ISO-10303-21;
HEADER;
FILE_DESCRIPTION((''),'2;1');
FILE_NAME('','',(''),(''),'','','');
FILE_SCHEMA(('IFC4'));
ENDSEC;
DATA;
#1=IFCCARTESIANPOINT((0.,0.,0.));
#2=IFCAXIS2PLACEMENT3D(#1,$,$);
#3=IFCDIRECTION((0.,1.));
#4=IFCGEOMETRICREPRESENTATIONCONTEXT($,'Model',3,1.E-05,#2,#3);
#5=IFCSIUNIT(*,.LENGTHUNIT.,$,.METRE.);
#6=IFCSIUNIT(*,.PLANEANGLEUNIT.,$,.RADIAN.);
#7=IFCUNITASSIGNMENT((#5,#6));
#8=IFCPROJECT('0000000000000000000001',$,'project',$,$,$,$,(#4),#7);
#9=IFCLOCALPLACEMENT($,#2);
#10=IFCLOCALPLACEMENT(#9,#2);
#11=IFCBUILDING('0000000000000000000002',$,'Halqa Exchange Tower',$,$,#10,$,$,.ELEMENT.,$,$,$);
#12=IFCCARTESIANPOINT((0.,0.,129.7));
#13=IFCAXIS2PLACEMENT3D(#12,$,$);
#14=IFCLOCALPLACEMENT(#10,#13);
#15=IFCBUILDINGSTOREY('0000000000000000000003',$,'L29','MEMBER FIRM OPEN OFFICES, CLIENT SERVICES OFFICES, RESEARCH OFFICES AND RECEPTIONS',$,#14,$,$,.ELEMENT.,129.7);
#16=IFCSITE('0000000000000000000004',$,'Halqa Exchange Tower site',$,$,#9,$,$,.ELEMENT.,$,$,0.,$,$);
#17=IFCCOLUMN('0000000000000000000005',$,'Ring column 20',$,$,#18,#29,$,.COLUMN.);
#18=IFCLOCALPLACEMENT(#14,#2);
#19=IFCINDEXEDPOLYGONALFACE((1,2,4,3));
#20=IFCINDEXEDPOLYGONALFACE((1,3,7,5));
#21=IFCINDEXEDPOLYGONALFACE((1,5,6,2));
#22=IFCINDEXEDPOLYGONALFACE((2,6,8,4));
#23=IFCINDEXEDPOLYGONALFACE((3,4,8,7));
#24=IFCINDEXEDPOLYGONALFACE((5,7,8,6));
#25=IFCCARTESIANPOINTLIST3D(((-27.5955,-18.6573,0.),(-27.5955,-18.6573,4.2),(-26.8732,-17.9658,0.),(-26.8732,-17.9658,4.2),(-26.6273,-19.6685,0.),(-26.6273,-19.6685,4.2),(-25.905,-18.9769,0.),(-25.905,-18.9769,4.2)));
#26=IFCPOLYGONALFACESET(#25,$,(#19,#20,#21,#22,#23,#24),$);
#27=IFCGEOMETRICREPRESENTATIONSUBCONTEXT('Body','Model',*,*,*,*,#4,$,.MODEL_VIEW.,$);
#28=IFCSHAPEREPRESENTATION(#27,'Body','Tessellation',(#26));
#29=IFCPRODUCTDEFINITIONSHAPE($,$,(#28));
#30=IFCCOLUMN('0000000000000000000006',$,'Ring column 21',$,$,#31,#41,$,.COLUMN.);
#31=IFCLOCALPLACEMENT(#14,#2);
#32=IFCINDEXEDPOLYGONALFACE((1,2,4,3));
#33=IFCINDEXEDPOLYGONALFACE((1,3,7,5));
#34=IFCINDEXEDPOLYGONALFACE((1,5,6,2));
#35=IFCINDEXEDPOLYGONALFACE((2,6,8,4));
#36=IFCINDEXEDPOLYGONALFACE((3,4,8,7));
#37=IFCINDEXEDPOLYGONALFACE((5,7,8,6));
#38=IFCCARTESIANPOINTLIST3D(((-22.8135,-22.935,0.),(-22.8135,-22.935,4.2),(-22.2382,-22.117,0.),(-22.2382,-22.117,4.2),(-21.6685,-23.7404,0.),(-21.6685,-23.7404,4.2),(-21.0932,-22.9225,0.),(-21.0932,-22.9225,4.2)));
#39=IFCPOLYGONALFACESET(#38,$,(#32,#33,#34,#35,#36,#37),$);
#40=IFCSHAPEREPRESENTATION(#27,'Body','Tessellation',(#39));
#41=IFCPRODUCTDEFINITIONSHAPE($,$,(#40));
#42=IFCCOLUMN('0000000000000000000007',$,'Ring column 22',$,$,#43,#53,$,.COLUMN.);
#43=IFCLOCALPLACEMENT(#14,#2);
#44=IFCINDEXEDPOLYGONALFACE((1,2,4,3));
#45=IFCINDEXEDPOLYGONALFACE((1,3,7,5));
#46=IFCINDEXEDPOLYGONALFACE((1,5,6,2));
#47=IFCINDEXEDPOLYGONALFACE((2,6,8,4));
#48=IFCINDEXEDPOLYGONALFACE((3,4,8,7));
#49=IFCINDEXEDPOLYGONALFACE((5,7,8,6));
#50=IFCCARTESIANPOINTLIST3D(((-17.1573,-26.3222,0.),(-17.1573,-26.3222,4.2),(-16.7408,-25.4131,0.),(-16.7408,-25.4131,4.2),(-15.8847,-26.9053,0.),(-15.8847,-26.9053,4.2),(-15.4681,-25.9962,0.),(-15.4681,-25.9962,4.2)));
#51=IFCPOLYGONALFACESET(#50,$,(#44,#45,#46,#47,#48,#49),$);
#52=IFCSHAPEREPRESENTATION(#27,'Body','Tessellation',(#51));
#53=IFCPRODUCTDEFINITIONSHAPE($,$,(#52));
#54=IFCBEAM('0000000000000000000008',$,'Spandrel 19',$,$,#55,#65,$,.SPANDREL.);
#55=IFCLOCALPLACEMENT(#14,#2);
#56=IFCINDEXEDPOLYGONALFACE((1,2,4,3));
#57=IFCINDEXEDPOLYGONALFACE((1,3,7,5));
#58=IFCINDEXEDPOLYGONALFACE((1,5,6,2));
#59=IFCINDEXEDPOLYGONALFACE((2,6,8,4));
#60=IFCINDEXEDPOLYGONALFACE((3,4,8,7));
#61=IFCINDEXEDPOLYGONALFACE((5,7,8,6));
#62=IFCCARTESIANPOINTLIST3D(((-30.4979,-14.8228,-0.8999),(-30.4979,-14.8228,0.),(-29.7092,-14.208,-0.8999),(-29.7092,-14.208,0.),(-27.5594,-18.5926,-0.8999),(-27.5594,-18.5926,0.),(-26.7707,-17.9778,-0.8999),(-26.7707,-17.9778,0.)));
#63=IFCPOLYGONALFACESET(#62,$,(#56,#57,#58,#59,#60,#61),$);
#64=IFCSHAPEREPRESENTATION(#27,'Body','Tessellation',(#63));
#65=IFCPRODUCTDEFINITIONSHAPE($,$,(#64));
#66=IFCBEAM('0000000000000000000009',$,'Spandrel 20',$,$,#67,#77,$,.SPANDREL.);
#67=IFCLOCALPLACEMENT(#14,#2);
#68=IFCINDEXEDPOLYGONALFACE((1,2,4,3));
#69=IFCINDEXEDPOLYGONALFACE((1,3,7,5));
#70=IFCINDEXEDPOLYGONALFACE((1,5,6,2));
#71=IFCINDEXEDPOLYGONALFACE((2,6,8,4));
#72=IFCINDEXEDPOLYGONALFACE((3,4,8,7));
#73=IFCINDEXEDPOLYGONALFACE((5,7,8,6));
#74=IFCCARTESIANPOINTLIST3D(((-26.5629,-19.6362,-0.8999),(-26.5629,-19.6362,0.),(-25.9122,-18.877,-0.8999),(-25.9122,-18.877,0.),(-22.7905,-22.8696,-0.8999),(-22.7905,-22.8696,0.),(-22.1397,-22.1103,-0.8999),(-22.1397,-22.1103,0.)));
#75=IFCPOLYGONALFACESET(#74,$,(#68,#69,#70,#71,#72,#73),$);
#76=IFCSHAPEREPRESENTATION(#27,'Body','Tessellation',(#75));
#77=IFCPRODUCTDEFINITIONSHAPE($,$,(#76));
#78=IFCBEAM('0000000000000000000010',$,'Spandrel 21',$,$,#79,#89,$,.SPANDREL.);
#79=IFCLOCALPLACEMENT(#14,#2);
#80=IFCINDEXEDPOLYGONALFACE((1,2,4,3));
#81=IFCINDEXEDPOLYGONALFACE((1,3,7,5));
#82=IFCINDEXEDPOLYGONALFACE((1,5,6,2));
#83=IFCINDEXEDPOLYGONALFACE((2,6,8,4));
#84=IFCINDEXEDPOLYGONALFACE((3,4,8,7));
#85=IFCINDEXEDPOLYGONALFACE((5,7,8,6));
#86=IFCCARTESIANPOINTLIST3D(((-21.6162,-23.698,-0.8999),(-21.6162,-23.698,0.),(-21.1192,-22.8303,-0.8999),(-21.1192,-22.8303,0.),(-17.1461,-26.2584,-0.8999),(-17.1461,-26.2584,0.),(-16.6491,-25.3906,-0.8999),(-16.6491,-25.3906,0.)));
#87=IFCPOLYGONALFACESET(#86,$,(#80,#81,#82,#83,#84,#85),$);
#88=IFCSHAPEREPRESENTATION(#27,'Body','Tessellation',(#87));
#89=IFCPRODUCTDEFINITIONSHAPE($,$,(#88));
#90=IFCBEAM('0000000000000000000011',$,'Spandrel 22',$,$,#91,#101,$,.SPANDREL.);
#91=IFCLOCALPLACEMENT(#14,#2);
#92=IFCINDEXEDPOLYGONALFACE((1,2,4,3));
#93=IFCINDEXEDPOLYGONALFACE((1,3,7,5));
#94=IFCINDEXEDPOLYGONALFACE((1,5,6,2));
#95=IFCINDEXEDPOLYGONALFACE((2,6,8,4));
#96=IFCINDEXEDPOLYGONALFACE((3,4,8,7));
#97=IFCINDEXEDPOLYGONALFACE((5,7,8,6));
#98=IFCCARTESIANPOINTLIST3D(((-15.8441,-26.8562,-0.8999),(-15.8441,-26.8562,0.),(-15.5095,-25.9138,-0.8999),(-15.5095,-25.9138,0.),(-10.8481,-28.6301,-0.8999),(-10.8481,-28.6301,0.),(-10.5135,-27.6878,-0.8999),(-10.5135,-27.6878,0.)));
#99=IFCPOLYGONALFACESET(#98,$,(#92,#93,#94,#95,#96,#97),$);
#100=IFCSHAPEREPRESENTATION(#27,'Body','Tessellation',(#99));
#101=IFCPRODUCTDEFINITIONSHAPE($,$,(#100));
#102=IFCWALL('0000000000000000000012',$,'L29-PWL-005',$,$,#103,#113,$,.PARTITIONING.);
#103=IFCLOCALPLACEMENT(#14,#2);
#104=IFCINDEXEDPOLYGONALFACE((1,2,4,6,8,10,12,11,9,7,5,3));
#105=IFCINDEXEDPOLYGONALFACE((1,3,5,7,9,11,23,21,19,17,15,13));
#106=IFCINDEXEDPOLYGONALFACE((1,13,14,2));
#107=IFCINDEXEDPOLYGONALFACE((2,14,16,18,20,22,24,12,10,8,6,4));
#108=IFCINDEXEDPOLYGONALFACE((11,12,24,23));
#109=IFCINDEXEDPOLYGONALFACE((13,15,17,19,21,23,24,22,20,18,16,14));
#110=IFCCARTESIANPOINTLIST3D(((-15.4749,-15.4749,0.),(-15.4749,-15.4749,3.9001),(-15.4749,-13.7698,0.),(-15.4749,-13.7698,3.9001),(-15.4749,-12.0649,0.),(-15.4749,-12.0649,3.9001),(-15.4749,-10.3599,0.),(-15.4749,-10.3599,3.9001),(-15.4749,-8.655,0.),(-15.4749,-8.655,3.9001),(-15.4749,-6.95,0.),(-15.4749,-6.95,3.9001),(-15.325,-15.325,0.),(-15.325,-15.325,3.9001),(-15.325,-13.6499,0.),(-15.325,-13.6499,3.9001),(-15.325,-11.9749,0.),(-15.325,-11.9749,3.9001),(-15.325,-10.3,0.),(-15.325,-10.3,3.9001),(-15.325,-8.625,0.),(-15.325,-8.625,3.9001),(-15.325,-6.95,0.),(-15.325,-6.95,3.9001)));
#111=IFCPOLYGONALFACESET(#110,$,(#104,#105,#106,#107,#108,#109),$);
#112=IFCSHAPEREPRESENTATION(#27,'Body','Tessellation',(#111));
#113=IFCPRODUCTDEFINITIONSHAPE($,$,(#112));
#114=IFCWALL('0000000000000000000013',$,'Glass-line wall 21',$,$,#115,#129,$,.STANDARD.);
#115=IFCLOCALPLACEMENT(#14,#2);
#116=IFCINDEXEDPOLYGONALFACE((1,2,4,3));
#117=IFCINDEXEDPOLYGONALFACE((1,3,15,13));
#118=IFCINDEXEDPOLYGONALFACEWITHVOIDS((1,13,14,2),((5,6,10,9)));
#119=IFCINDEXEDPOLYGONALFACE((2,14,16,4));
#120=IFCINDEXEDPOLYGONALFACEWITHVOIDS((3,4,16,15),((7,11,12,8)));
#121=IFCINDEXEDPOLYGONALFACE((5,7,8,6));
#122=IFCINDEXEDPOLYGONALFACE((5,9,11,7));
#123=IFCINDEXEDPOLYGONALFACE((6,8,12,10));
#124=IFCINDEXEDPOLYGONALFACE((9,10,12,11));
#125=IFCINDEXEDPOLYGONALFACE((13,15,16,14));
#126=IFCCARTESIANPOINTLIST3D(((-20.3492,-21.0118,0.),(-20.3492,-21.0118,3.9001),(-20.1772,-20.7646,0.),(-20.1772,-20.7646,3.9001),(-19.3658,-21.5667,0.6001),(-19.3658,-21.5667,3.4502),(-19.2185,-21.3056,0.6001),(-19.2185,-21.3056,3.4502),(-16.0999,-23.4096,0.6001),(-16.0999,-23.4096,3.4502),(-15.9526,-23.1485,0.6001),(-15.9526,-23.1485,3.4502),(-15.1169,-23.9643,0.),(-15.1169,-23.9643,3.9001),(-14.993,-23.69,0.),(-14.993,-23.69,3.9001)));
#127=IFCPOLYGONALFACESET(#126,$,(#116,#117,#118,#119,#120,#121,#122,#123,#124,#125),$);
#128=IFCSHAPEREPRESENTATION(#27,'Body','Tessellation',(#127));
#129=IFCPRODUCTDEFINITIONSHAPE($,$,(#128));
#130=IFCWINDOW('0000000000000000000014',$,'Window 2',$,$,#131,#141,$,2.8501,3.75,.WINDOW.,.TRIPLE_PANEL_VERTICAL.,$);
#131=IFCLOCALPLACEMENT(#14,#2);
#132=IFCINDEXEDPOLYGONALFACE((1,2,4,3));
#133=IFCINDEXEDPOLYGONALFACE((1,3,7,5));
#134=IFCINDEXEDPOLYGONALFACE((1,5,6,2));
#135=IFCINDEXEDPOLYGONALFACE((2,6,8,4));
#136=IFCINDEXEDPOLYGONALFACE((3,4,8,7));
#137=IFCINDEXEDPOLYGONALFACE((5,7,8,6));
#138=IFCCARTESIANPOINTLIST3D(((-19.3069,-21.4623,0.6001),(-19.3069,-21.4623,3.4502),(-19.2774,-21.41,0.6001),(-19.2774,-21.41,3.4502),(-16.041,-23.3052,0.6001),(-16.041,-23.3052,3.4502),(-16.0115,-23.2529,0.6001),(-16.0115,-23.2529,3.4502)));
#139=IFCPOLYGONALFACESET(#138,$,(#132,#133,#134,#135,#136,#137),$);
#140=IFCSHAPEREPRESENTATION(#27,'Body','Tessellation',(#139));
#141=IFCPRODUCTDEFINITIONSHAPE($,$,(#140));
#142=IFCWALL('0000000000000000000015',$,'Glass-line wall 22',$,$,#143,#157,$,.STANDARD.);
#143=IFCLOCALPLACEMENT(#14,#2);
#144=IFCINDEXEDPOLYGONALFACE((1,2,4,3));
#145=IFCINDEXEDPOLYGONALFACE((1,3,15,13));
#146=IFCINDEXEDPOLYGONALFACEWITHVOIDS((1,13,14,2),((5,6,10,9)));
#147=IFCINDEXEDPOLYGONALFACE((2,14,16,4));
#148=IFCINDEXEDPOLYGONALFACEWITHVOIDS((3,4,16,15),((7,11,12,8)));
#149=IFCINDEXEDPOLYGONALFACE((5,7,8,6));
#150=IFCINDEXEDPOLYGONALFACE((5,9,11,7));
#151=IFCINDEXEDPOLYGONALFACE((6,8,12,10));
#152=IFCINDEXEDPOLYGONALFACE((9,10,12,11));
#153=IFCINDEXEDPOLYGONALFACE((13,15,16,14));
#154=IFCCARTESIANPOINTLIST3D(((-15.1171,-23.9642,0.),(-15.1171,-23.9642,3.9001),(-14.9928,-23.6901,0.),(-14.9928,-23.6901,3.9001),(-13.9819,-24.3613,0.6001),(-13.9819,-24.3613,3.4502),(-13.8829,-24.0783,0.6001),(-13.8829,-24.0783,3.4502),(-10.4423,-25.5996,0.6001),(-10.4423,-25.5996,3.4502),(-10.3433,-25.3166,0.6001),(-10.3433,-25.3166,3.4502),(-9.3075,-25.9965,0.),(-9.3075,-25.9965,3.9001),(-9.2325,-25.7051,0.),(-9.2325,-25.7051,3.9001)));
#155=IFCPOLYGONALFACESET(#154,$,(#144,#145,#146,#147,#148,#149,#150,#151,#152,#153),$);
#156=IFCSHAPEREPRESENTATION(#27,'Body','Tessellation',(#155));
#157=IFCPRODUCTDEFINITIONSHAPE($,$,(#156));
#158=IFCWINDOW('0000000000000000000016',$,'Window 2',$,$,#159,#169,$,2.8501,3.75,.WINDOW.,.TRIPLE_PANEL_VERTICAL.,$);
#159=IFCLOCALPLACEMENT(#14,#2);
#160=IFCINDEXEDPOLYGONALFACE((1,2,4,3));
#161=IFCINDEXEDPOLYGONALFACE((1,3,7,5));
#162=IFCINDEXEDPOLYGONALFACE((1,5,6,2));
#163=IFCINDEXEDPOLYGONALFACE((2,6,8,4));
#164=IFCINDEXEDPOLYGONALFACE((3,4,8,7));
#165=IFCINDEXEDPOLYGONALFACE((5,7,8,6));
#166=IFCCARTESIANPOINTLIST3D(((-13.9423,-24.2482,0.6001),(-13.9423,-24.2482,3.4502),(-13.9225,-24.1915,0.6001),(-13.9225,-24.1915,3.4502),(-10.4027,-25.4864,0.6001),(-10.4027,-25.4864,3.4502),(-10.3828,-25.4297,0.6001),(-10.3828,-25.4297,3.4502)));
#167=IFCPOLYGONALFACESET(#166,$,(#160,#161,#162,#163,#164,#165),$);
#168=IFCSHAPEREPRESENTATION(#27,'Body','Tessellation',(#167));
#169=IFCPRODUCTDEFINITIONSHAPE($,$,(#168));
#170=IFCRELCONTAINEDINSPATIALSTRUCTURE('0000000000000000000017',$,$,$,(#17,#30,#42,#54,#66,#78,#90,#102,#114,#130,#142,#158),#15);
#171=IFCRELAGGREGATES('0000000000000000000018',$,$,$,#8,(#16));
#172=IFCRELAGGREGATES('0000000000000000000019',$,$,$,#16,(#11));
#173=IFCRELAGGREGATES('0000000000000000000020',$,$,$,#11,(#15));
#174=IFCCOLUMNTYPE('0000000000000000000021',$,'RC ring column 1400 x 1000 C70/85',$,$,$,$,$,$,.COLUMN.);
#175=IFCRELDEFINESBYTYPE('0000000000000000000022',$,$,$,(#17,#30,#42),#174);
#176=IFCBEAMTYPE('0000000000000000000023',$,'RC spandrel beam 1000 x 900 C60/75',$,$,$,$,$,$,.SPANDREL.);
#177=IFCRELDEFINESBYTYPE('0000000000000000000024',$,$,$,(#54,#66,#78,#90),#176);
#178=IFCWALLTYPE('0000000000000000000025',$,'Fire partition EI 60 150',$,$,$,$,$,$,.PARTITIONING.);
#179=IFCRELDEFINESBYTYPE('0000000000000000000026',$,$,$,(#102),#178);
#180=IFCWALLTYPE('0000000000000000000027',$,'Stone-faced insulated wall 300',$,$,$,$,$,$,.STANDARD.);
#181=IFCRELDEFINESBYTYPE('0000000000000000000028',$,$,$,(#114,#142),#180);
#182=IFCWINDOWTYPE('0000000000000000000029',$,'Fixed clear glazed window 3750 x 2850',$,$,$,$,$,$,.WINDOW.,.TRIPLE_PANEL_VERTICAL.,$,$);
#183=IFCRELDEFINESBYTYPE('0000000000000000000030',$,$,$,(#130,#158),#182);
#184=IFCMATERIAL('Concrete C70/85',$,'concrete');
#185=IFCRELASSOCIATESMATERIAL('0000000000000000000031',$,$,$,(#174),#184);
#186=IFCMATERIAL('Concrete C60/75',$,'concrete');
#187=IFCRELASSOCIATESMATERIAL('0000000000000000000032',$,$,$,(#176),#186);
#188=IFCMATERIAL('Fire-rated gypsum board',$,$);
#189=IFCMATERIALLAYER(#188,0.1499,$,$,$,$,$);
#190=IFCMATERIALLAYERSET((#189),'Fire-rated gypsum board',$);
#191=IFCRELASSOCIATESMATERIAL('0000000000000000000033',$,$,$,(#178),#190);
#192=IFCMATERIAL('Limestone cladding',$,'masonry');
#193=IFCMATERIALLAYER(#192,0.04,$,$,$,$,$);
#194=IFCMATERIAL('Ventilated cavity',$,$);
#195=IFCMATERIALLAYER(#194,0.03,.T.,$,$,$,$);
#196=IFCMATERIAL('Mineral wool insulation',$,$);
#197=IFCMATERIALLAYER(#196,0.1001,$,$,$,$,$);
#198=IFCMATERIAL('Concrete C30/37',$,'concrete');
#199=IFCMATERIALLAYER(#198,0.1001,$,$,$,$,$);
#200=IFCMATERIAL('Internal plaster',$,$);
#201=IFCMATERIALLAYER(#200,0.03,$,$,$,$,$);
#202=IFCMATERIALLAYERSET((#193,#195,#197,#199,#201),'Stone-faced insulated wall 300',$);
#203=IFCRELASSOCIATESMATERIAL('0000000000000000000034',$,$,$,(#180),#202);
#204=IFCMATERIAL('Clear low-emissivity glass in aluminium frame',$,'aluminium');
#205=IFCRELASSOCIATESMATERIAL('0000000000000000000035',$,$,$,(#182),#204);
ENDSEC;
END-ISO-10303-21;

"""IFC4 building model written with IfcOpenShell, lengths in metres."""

from ifc_helpers import new_model, si_unit, direction, frame, frame_2d, origin, origin_2d, place, context, subcontext, project, spatial, polyline, rectangle, outline, extrude, material, layer, layer_set, material_profile, profile_set, type_object, element, fill, save


model = new_model("IFC4")

# Units and contexts
model_context = context("Model", 3, precision=1e-05, world=origin(), true_north=direction((0.0, 1.0)))
body_context = subcontext(model_context, "Body", "Model", "MODEL_VIEW")
ifc_project = project(units=[si_unit("LENGTHUNIT", "METRE"), si_unit("PLANEANGLEUNIT", "RADIAN")], contexts=[model_context])

# Site, building, storey
site_placement = place(None, origin())
site = spatial("IfcSite", under=ifc_project, at=site_placement, Name="Halqa Exchange Tower site", CompositionType="ELEMENT", RefElevation=0.0)
building_placement = place(site_placement, origin())
building = spatial("IfcBuilding", under=site, at=building_placement, Name="Halqa Exchange Tower", CompositionType="ELEMENT")
storey_placement = place(building_placement, frame((0.0, 0.0, 129.7)))
storey = spatial("IfcBuildingStorey", under=building, at=storey_placement, Name="L29", Description="MEMBER FIRM OPEN OFFICES, CLIENT SERVICES OFFICES, RESEARCH OFFICES AND RECEPTIONS", CompositionType="ELEMENT", Elevation=129.7)

# Columns
ifc_material_1 = material(Name="Concrete C70/85", Category="concrete")
ifc_material_profile_1 = material_profile(ifc_material_1, rectangle(XDim=1.3999, YDim=1.0, at=origin_2d()), Name="1400 x 1000")
ifc_profile_set_1 = profile_set([ifc_material_profile_1], Name="Concrete C70/85")
column_type = type_object("IfcColumnType", Name="RC ring column 1400 x 1000 C70/85", PredefinedType="COLUMN", material=ifc_profile_set_1)
for number, where, z_axis, x_axis, name in (
    (1, (-26.7502, -18.8171, 0.0), (0.0, 0.0, 1.0), (0.691571, -0.722308, 0.0), "Ring column 20"),
    (2, (-21.9534, -22.9287, 0.0), (0.0, 0.0, 1.0), (0.81791, -0.575346, 0.0), "Ring column 21"),
    (3, (-16.3127, -26.1592, 0.0), (0.0, 0.0, 1.0), (0.909126, -0.41652, 0.0), "Ring column 22"),
):
    element("IfcColumn", number, at=place(storey_placement, frame(where, z_axis=z_axis, x_axis=x_axis)), inside=storey, type_object=column_type, Name=name, PredefinedType="COLUMN", context=body_context, shape_type="SweptSolid", body=[
        extrude(rectangle(XDim=1.3999, YDim=1.0, at=origin_2d()), origin(), (0.0, 0.0, 1.0), 4.2),
    ])

# Beams
ifc_material_2 = material(Name="Concrete C60/75", Category="concrete")
ifc_material_profile_2 = material_profile(ifc_material_2, rectangle(XDim=1.0, YDim=0.8999, at=origin_2d()), Name="1000 x 900")
ifc_profile_set_2 = profile_set([ifc_material_profile_2], Name="Concrete C60/75")
beam_type = type_object("IfcBeamType", Name="RC spandrel beam 1000 x 900 C60/75", PredefinedType="SPANDREL", material=ifc_profile_set_2)
beam_1_placement = place(storey_placement, frame((-30.1035, -14.5154, -0.45), z_axis=(0.614778, -0.7887, 0.0), x_axis=(0.7887, 0.614778, 0.0)))
element("IfcBeam", 4, at=beam_1_placement, inside=storey, type_object=beam_type, Name="Spandrel 19", PredefinedType="SPANDREL", context=body_context, shape_type="SweptSolid", body=[
    extrude(rectangle(XDim=1.0, YDim=0.8999, at=origin_2d()), origin(), (0.0, 0.0, 1.0), 4.7798),
])
beam_2_placement = place(storey_placement, frame((-26.2375, -19.2566, -0.45), z_axis=(0.75927, -0.650775, 0.0), x_axis=(0.650775, 0.75927, 0.0)))
element("IfcBeam", 5, at=beam_2_placement, inside=storey, type_object=beam_type, Name="Spandrel 20", PredefinedType="SPANDREL", context=body_context, shape_type="SweptSolid", body=[
    extrude(rectangle(XDim=1.0, YDim=0.8999, at=origin_2d()), origin(), (0.0, 0.0, 1.0), 4.9685),
])
beam_3_placement = place(storey_placement, frame((-21.3677, -23.2642, -0.45), z_axis=(0.867738, -0.497022, 0.0), x_axis=(0.497022, 0.867738, 0.0)))
element("IfcBeam", 6, at=beam_3_placement, inside=storey, type_object=beam_type, Name="Spandrel 21", PredefinedType="SPANDREL", context=body_context, shape_type="SweptSolid", body=[
    extrude(rectangle(XDim=1.0, YDim=0.8999, at=origin_2d()), origin(), (0.0, 0.0, 1.0), 5.1514),
])
beam_4_placement = place(storey_placement, frame((-15.6768, -26.385, -0.45), z_axis=(0.942356, -0.334612, 0.0), x_axis=(0.334612, 0.942356, 0.0)))
element("IfcBeam", 7, at=beam_4_placement, inside=storey, type_object=beam_type, Name="Spandrel 22", PredefinedType="SPANDREL", context=body_context, shape_type="SweptSolid", body=[
    extrude(rectangle(XDim=1.0, YDim=0.8999, at=origin_2d()), origin(), (0.0, 0.0, 1.0), 5.3015),
])

# Wall
ifc_material_3 = material(Name="Fire-rated gypsum board")
ifc_layer_1 = layer(ifc_material_3, 0.1499)
ifc_layer_set_1 = layer_set([ifc_layer_1], Name="Fire-rated gypsum board")
wall_type_1 = type_object("IfcWallType", Name="Fire partition EI 60 150", PredefinedType="PARTITIONING", material=ifc_layer_set_1)
wall_1_placement = place(storey_placement, frame((-15.3999, -15.4751, 0.0), z_axis=(0.0, 0.0, 1.0), x_axis=(0.0, 1.0, 0.0)))
element("IfcWall", 8, at=wall_1_placement, inside=storey, type_object=wall_type_1, Name="L29-PWL-005", PredefinedType="PARTITIONING", context=body_context, shape_type="SweptSolid", body=[
    extrude(outline(polyline([(8.5251, 0.075), (6.8201, 0.075), (5.1152, 0.075), (3.4102, 0.075), (1.7053, 0.075), (0.0002, 0.075), (0.1501, -0.075), (1.8252, -0.075), (3.5002, -0.075), (5.175, -0.075), (6.8501, -0.075), (8.5251, -0.075), (8.5251, 0.075)])), origin(), (0.0, 0.0, 1.0), 3.9001),
])

# Shared definitions
ifc_material_4 = material(Name="Limestone cladding", Category="masonry")
ifc_layer_2 = layer(ifc_material_4, 0.04)
ifc_material_5 = material(Name="Ventilated cavity")
ifc_layer_3 = layer(ifc_material_5, 0.03, ventilated=True)
ifc_material_6 = material(Name="Mineral wool insulation")
ifc_layer_4 = layer(ifc_material_6, 0.1001)
ifc_material_7 = material(Name="Concrete C30/37", Category="concrete")
ifc_layer_5 = layer(ifc_material_7, 0.1001)
ifc_material_8 = material(Name="Internal plaster")
ifc_layer_6 = layer(ifc_material_8, 0.03)
ifc_layer_set_2 = layer_set([ifc_layer_2, ifc_layer_3, ifc_layer_4, ifc_layer_5, ifc_layer_6], Name="Stone-faced insulated wall 300")
wall_type_2 = type_object("IfcWallType", Name="Stone-faced insulated wall 300", PredefinedType="STANDARD", material=ifc_layer_set_2)
ifc_material_9 = material(Name="Clear low-emissivity glass in aluminium frame", Category="aluminium")

# Walls, openings, windows
wall_2_placement = place(storey_placement, frame((-20.2632, -20.8882, 0.0), z_axis=(0.0, 0.0, 1.0), x_axis=(0.870909, -0.491445, 0.0)))
wall_2 = element("IfcWall", 9, at=wall_2_placement, inside=storey, type_object=wall_type_2, Name="Glass-line wall 21", PredefinedType="STANDARD", context=body_context, shape_type="SweptSolid", body=[
    extrude(outline(polyline([(-0.0142, -0.1499), (5.9937, -0.1499), (5.9668, 0.1499), (0.0142, 0.1499), (-0.0142, -0.1499)])), origin(), (0.0, 0.0, 1.0), 3.9001),
])
opening_1_placement = place(wall_2_placement, frame((1.115, 0.0, 0.6001)))
opening_1 = element("IfcOpeningElement", 10, at=opening_1_placement, cuts=wall_2, PredefinedType="OPENING", context=body_context, shape_type="SweptSolid", body=[
    extrude(rectangle(XDim=3.75, YDim=2.8501, at=frame_2d((1.875, 1.425))), frame((0.0, 0.1621, 0.0), z_axis=(0.0, -1.0, 0.0), x_axis=(1.0, 0.0, 0.0)), (0.0, 0.0, 1.0), 0.324),
])
window_type = type_object("IfcWindowType", Name="Fixed clear glazed window 3750 x 2850", PartitioningType="TRIPLE_PANEL_VERTICAL", PredefinedType="WINDOW", material=ifc_material_9)
window_1_placement = place(opening_1_placement, origin())
window_1 = element("IfcWindow", 11, at=window_1_placement, inside=storey, type_object=window_type, Name="Window 2", OverallHeight=2.8501, OverallWidth=3.75, PartitioningType="TRIPLE_PANEL_VERTICAL", PredefinedType="WINDOW", context=body_context, shape_type="SweptSolid", body=[
    extrude(rectangle(XDim=3.75, YDim=2.8501, at=frame_2d((1.875, 1.425))), frame((0.0, 0.03, 0.0), z_axis=(0.0, -1.0, 0.0), x_axis=(1.0, 0.0, 0.0)), (0.0, 0.0, 1.0), 0.0601),
])
fill(opening_1, window_1)
wall_3_placement = place(storey_placement, frame((-15.0549, -23.8271, 0.0), z_axis=(0.0, 0.0, 1.0), x_axis=(0.943911, -0.3302, 0.0)))
wall_3 = element("IfcWall", 12, at=wall_3_placement, inside=storey, type_object=wall_type_2, Name="Glass-line wall 22", PredefinedType="STANDARD", context=body_context, shape_type="SweptSolid", body=[
    extrude(outline(polyline([(-0.0134, -0.1499), (6.1414, -0.1499), (6.116, 0.1499), (0.0134, 0.1499), (-0.0134, -0.1499)])), origin(), (0.0, 0.0, 1.0), 3.9001),
])
opening_2_placement = place(wall_3_placement, frame((1.1892, 0.0, 0.6001)))
opening_2 = element("IfcOpeningElement", 13, at=opening_2_placement, cuts=wall_3, PredefinedType="OPENING", context=body_context, shape_type="SweptSolid", body=[
    extrude(rectangle(XDim=3.75, YDim=2.8501, at=frame_2d((1.875, 1.425))), frame((0.0, 0.1621, 0.0), z_axis=(0.0, -1.0, 0.0), x_axis=(1.0, 0.0, 0.0)), (0.0, 0.0, 1.0), 0.324),
])
window_2_placement = place(opening_2_placement, origin())
window_2 = element("IfcWindow", 14, at=window_2_placement, inside=storey, type_object=window_type, Name="Window 2", OverallHeight=2.8501, OverallWidth=3.75, PartitioningType="TRIPLE_PANEL_VERTICAL", PredefinedType="WINDOW", context=body_context, shape_type="SweptSolid", body=[
    extrude(rectangle(XDim=3.75, YDim=2.8501, at=frame_2d((1.875, 1.425))), frame((0.0, 0.03, 0.0), z_axis=(0.0, -1.0, 0.0), x_axis=(1.0, 0.0, 0.0)), (0.0, 0.0, 1.0), 0.0601),
])
fill(opening_2, window_2)

save(model, "model.ifc")
